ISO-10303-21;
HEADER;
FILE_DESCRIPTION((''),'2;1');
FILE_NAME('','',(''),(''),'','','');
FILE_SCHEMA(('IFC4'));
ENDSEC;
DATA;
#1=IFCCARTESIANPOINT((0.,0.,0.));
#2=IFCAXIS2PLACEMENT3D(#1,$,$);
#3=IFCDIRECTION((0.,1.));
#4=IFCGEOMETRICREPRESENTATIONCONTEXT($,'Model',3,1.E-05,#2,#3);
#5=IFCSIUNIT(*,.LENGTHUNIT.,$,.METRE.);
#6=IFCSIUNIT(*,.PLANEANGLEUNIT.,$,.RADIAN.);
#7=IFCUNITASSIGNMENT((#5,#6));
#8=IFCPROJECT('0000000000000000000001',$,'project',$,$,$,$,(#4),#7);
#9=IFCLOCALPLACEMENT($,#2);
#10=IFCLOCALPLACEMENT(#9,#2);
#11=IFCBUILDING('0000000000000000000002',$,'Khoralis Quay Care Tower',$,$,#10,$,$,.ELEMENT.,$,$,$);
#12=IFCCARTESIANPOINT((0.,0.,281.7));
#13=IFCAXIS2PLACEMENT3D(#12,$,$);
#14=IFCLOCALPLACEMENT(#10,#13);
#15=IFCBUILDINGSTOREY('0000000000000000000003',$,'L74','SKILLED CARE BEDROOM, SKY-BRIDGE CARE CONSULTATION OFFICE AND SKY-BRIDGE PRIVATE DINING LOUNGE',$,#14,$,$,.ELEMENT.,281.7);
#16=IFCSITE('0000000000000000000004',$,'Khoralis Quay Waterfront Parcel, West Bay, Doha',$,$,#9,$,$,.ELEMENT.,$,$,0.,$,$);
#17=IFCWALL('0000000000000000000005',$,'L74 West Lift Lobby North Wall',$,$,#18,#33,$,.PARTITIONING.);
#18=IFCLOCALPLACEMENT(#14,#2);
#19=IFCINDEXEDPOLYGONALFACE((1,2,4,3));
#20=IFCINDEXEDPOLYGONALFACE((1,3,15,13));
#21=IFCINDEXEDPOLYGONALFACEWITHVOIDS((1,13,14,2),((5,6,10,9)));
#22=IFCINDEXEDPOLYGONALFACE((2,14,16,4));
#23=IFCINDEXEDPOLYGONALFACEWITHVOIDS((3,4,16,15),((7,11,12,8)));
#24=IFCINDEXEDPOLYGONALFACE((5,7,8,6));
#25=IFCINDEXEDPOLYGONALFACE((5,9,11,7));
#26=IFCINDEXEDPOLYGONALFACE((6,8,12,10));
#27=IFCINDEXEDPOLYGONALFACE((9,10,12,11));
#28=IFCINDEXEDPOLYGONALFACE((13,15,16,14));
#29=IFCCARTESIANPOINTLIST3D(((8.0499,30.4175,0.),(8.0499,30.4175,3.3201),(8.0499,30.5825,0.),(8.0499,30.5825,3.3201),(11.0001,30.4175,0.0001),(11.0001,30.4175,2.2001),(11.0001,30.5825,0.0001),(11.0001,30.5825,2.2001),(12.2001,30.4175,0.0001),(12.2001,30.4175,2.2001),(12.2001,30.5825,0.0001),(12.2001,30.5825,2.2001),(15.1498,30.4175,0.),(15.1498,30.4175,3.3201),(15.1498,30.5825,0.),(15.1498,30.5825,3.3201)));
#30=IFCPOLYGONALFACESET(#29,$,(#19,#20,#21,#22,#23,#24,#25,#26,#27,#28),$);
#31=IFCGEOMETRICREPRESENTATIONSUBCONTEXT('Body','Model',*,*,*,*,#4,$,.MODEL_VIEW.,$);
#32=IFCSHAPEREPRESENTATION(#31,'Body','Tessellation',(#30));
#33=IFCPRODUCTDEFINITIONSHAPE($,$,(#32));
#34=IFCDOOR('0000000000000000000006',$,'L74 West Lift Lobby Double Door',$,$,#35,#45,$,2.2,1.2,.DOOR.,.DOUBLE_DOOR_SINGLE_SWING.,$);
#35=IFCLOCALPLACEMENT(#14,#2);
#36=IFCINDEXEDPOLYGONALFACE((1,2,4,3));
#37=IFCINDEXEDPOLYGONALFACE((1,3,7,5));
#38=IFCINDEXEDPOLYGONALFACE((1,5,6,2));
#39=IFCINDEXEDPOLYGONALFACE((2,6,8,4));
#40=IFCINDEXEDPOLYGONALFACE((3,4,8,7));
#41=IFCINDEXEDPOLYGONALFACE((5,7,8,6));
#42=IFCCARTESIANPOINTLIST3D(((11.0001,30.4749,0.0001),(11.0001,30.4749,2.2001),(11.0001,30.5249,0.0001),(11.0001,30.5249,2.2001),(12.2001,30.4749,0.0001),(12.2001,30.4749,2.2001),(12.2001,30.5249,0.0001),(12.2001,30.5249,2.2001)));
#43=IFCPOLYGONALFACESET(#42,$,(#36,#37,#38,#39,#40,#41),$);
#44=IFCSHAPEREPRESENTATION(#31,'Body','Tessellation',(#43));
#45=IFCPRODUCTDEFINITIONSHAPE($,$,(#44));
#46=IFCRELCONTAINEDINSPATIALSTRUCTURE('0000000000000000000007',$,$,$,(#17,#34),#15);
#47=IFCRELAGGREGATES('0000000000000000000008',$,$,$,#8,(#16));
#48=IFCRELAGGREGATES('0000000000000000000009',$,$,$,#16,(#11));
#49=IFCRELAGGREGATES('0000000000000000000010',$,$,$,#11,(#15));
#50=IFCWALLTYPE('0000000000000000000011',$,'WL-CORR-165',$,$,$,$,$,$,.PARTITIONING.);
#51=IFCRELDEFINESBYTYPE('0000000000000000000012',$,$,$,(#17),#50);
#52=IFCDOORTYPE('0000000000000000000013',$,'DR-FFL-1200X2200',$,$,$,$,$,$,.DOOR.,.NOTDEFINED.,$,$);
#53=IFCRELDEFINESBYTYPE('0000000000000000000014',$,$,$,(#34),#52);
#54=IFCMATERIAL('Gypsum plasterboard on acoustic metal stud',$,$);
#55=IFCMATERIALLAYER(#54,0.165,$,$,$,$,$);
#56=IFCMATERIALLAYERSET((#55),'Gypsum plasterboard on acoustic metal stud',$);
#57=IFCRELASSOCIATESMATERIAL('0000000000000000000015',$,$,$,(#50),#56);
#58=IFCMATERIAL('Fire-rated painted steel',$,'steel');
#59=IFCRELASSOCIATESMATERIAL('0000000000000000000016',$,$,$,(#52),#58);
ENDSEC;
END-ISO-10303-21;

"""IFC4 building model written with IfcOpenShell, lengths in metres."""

from ifc_helpers import new_model, si_unit, direction, frame, frame_2d, origin, place, context, subcontext, project, spatial, rectangle, extrude, source, transform, mapped, material, layer, layer_set, type_object, element, fill, save


model = new_model("IFC4")

# Units and contexts
model_context = context("Model", 3, precision=1e-05, world=origin(), true_north=direction((0.0, 1.0)))
body_context = subcontext(model_context, "Body", "Model", "MODEL_VIEW")
ifc_project = project(units=[si_unit("LENGTHUNIT", "METRE"), si_unit("PLANEANGLEUNIT", "RADIAN")], contexts=[model_context])

# Site, building, storey
site_placement = place(None, origin())
site = spatial("IfcSite", under=ifc_project, at=site_placement, Name="Khoralis Quay Waterfront Parcel, West Bay, Doha", CompositionType="ELEMENT", RefElevation=0.0)
building_placement = place(site_placement, origin())
building = spatial("IfcBuilding", under=site, at=building_placement, Name="Khoralis Quay Care Tower", CompositionType="ELEMENT")
storey_placement = place(building_placement, frame((0.0, 0.0, 281.7)))
storey = spatial("IfcBuildingStorey", under=building, at=storey_placement, Name="L74", Description="SKILLED CARE BEDROOM, SKY-BRIDGE CARE CONSULTATION OFFICE AND SKY-BRIDGE PRIVATE DINING LOUNGE", CompositionType="ELEMENT", Elevation=281.7)

# Wall, opening, door
ifc_material_1 = material(Name="Gypsum plasterboard on acoustic metal stud")
ifc_layer_1 = layer(ifc_material_1, 0.165)
ifc_layer_set_1 = layer_set([ifc_layer_1], Name="Gypsum plasterboard on acoustic metal stud")
wall_type_1 = type_object("IfcWallType", Name="WL-CORR-165", PredefinedType="PARTITIONING", material=ifc_layer_set_1)
wall_1_placement = place(storey_placement, frame((8.05, 30.5, 0.0), z_axis=(0.0, 0.0, 1.0), x_axis=(1.0, 0.0, 0.0)))
wall_1 = element("IfcWall", 1, at=wall_1_placement, inside=storey, type_object=wall_type_1, Name="L74 West Lift Lobby North Wall", PredefinedType="PARTITIONING", context=body_context, shape_type="SweptSolid", body=[
    extrude(rectangle(XDim=7.0999, YDim=0.165, at=frame_2d((3.5498, 0.0))), origin(), (0.0, 0.0, 1.0), 3.3201),
])
opening_1_placement = place(wall_1_placement, frame((2.95, 0.0, 0.0)))
opening_1 = element("IfcOpeningElement", 2, at=opening_1_placement, cuts=wall_1, PredefinedType="OPENING", context=body_context, shape_type="SweptSolid", body=[
    extrude(rectangle(XDim=1.2, YDim=2.2, at=frame_2d((0.6001, 1.1001))), frame((0.0, 0.0925, 0.0), z_axis=(0.0, -1.0, 0.0), x_axis=(1.0, 0.0, 0.0)), (0.0, 0.0, 1.0), 0.1851),
])
ifc_material_2 = material(Name="Fire-rated painted steel", Category="steel")
door_type_1 = type_object("IfcDoorType", Name="DR-FFL-1200X2200", OperationType="NOTDEFINED", PredefinedType="DOOR", material=ifc_material_2)
shared_shape_1 = source(origin(), body_context, "Body", "SweptSolid", [
    extrude(rectangle(XDim=1.2, YDim=2.2, at=frame_2d((0.6001, 1.1001))), frame((0.0, 0.0249, 0.0), z_axis=(0.0, -1.0, 0.0), x_axis=(1.0, 0.0, 0.0)), (0.0, 0.0, 1.0), 0.05),
])
door_1_placement = place(opening_1_placement, origin())
door_1 = element("IfcDoor", 3, at=door_1_placement, inside=storey, type_object=door_type_1, Name="L74 West Lift Lobby Double Door", OperationType="DOUBLE_DOOR_SINGLE_SWING", OverallHeight=2.2, OverallWidth=1.2, PredefinedType="DOOR", context=body_context, shape_type="MappedRepresentation", body=[
    mapped(shared_shape_1, transform((0.0, 0.0, 0.0), scale=1.0)),
])
fill(opening_1, door_1)

save(model, "model.ifc")
